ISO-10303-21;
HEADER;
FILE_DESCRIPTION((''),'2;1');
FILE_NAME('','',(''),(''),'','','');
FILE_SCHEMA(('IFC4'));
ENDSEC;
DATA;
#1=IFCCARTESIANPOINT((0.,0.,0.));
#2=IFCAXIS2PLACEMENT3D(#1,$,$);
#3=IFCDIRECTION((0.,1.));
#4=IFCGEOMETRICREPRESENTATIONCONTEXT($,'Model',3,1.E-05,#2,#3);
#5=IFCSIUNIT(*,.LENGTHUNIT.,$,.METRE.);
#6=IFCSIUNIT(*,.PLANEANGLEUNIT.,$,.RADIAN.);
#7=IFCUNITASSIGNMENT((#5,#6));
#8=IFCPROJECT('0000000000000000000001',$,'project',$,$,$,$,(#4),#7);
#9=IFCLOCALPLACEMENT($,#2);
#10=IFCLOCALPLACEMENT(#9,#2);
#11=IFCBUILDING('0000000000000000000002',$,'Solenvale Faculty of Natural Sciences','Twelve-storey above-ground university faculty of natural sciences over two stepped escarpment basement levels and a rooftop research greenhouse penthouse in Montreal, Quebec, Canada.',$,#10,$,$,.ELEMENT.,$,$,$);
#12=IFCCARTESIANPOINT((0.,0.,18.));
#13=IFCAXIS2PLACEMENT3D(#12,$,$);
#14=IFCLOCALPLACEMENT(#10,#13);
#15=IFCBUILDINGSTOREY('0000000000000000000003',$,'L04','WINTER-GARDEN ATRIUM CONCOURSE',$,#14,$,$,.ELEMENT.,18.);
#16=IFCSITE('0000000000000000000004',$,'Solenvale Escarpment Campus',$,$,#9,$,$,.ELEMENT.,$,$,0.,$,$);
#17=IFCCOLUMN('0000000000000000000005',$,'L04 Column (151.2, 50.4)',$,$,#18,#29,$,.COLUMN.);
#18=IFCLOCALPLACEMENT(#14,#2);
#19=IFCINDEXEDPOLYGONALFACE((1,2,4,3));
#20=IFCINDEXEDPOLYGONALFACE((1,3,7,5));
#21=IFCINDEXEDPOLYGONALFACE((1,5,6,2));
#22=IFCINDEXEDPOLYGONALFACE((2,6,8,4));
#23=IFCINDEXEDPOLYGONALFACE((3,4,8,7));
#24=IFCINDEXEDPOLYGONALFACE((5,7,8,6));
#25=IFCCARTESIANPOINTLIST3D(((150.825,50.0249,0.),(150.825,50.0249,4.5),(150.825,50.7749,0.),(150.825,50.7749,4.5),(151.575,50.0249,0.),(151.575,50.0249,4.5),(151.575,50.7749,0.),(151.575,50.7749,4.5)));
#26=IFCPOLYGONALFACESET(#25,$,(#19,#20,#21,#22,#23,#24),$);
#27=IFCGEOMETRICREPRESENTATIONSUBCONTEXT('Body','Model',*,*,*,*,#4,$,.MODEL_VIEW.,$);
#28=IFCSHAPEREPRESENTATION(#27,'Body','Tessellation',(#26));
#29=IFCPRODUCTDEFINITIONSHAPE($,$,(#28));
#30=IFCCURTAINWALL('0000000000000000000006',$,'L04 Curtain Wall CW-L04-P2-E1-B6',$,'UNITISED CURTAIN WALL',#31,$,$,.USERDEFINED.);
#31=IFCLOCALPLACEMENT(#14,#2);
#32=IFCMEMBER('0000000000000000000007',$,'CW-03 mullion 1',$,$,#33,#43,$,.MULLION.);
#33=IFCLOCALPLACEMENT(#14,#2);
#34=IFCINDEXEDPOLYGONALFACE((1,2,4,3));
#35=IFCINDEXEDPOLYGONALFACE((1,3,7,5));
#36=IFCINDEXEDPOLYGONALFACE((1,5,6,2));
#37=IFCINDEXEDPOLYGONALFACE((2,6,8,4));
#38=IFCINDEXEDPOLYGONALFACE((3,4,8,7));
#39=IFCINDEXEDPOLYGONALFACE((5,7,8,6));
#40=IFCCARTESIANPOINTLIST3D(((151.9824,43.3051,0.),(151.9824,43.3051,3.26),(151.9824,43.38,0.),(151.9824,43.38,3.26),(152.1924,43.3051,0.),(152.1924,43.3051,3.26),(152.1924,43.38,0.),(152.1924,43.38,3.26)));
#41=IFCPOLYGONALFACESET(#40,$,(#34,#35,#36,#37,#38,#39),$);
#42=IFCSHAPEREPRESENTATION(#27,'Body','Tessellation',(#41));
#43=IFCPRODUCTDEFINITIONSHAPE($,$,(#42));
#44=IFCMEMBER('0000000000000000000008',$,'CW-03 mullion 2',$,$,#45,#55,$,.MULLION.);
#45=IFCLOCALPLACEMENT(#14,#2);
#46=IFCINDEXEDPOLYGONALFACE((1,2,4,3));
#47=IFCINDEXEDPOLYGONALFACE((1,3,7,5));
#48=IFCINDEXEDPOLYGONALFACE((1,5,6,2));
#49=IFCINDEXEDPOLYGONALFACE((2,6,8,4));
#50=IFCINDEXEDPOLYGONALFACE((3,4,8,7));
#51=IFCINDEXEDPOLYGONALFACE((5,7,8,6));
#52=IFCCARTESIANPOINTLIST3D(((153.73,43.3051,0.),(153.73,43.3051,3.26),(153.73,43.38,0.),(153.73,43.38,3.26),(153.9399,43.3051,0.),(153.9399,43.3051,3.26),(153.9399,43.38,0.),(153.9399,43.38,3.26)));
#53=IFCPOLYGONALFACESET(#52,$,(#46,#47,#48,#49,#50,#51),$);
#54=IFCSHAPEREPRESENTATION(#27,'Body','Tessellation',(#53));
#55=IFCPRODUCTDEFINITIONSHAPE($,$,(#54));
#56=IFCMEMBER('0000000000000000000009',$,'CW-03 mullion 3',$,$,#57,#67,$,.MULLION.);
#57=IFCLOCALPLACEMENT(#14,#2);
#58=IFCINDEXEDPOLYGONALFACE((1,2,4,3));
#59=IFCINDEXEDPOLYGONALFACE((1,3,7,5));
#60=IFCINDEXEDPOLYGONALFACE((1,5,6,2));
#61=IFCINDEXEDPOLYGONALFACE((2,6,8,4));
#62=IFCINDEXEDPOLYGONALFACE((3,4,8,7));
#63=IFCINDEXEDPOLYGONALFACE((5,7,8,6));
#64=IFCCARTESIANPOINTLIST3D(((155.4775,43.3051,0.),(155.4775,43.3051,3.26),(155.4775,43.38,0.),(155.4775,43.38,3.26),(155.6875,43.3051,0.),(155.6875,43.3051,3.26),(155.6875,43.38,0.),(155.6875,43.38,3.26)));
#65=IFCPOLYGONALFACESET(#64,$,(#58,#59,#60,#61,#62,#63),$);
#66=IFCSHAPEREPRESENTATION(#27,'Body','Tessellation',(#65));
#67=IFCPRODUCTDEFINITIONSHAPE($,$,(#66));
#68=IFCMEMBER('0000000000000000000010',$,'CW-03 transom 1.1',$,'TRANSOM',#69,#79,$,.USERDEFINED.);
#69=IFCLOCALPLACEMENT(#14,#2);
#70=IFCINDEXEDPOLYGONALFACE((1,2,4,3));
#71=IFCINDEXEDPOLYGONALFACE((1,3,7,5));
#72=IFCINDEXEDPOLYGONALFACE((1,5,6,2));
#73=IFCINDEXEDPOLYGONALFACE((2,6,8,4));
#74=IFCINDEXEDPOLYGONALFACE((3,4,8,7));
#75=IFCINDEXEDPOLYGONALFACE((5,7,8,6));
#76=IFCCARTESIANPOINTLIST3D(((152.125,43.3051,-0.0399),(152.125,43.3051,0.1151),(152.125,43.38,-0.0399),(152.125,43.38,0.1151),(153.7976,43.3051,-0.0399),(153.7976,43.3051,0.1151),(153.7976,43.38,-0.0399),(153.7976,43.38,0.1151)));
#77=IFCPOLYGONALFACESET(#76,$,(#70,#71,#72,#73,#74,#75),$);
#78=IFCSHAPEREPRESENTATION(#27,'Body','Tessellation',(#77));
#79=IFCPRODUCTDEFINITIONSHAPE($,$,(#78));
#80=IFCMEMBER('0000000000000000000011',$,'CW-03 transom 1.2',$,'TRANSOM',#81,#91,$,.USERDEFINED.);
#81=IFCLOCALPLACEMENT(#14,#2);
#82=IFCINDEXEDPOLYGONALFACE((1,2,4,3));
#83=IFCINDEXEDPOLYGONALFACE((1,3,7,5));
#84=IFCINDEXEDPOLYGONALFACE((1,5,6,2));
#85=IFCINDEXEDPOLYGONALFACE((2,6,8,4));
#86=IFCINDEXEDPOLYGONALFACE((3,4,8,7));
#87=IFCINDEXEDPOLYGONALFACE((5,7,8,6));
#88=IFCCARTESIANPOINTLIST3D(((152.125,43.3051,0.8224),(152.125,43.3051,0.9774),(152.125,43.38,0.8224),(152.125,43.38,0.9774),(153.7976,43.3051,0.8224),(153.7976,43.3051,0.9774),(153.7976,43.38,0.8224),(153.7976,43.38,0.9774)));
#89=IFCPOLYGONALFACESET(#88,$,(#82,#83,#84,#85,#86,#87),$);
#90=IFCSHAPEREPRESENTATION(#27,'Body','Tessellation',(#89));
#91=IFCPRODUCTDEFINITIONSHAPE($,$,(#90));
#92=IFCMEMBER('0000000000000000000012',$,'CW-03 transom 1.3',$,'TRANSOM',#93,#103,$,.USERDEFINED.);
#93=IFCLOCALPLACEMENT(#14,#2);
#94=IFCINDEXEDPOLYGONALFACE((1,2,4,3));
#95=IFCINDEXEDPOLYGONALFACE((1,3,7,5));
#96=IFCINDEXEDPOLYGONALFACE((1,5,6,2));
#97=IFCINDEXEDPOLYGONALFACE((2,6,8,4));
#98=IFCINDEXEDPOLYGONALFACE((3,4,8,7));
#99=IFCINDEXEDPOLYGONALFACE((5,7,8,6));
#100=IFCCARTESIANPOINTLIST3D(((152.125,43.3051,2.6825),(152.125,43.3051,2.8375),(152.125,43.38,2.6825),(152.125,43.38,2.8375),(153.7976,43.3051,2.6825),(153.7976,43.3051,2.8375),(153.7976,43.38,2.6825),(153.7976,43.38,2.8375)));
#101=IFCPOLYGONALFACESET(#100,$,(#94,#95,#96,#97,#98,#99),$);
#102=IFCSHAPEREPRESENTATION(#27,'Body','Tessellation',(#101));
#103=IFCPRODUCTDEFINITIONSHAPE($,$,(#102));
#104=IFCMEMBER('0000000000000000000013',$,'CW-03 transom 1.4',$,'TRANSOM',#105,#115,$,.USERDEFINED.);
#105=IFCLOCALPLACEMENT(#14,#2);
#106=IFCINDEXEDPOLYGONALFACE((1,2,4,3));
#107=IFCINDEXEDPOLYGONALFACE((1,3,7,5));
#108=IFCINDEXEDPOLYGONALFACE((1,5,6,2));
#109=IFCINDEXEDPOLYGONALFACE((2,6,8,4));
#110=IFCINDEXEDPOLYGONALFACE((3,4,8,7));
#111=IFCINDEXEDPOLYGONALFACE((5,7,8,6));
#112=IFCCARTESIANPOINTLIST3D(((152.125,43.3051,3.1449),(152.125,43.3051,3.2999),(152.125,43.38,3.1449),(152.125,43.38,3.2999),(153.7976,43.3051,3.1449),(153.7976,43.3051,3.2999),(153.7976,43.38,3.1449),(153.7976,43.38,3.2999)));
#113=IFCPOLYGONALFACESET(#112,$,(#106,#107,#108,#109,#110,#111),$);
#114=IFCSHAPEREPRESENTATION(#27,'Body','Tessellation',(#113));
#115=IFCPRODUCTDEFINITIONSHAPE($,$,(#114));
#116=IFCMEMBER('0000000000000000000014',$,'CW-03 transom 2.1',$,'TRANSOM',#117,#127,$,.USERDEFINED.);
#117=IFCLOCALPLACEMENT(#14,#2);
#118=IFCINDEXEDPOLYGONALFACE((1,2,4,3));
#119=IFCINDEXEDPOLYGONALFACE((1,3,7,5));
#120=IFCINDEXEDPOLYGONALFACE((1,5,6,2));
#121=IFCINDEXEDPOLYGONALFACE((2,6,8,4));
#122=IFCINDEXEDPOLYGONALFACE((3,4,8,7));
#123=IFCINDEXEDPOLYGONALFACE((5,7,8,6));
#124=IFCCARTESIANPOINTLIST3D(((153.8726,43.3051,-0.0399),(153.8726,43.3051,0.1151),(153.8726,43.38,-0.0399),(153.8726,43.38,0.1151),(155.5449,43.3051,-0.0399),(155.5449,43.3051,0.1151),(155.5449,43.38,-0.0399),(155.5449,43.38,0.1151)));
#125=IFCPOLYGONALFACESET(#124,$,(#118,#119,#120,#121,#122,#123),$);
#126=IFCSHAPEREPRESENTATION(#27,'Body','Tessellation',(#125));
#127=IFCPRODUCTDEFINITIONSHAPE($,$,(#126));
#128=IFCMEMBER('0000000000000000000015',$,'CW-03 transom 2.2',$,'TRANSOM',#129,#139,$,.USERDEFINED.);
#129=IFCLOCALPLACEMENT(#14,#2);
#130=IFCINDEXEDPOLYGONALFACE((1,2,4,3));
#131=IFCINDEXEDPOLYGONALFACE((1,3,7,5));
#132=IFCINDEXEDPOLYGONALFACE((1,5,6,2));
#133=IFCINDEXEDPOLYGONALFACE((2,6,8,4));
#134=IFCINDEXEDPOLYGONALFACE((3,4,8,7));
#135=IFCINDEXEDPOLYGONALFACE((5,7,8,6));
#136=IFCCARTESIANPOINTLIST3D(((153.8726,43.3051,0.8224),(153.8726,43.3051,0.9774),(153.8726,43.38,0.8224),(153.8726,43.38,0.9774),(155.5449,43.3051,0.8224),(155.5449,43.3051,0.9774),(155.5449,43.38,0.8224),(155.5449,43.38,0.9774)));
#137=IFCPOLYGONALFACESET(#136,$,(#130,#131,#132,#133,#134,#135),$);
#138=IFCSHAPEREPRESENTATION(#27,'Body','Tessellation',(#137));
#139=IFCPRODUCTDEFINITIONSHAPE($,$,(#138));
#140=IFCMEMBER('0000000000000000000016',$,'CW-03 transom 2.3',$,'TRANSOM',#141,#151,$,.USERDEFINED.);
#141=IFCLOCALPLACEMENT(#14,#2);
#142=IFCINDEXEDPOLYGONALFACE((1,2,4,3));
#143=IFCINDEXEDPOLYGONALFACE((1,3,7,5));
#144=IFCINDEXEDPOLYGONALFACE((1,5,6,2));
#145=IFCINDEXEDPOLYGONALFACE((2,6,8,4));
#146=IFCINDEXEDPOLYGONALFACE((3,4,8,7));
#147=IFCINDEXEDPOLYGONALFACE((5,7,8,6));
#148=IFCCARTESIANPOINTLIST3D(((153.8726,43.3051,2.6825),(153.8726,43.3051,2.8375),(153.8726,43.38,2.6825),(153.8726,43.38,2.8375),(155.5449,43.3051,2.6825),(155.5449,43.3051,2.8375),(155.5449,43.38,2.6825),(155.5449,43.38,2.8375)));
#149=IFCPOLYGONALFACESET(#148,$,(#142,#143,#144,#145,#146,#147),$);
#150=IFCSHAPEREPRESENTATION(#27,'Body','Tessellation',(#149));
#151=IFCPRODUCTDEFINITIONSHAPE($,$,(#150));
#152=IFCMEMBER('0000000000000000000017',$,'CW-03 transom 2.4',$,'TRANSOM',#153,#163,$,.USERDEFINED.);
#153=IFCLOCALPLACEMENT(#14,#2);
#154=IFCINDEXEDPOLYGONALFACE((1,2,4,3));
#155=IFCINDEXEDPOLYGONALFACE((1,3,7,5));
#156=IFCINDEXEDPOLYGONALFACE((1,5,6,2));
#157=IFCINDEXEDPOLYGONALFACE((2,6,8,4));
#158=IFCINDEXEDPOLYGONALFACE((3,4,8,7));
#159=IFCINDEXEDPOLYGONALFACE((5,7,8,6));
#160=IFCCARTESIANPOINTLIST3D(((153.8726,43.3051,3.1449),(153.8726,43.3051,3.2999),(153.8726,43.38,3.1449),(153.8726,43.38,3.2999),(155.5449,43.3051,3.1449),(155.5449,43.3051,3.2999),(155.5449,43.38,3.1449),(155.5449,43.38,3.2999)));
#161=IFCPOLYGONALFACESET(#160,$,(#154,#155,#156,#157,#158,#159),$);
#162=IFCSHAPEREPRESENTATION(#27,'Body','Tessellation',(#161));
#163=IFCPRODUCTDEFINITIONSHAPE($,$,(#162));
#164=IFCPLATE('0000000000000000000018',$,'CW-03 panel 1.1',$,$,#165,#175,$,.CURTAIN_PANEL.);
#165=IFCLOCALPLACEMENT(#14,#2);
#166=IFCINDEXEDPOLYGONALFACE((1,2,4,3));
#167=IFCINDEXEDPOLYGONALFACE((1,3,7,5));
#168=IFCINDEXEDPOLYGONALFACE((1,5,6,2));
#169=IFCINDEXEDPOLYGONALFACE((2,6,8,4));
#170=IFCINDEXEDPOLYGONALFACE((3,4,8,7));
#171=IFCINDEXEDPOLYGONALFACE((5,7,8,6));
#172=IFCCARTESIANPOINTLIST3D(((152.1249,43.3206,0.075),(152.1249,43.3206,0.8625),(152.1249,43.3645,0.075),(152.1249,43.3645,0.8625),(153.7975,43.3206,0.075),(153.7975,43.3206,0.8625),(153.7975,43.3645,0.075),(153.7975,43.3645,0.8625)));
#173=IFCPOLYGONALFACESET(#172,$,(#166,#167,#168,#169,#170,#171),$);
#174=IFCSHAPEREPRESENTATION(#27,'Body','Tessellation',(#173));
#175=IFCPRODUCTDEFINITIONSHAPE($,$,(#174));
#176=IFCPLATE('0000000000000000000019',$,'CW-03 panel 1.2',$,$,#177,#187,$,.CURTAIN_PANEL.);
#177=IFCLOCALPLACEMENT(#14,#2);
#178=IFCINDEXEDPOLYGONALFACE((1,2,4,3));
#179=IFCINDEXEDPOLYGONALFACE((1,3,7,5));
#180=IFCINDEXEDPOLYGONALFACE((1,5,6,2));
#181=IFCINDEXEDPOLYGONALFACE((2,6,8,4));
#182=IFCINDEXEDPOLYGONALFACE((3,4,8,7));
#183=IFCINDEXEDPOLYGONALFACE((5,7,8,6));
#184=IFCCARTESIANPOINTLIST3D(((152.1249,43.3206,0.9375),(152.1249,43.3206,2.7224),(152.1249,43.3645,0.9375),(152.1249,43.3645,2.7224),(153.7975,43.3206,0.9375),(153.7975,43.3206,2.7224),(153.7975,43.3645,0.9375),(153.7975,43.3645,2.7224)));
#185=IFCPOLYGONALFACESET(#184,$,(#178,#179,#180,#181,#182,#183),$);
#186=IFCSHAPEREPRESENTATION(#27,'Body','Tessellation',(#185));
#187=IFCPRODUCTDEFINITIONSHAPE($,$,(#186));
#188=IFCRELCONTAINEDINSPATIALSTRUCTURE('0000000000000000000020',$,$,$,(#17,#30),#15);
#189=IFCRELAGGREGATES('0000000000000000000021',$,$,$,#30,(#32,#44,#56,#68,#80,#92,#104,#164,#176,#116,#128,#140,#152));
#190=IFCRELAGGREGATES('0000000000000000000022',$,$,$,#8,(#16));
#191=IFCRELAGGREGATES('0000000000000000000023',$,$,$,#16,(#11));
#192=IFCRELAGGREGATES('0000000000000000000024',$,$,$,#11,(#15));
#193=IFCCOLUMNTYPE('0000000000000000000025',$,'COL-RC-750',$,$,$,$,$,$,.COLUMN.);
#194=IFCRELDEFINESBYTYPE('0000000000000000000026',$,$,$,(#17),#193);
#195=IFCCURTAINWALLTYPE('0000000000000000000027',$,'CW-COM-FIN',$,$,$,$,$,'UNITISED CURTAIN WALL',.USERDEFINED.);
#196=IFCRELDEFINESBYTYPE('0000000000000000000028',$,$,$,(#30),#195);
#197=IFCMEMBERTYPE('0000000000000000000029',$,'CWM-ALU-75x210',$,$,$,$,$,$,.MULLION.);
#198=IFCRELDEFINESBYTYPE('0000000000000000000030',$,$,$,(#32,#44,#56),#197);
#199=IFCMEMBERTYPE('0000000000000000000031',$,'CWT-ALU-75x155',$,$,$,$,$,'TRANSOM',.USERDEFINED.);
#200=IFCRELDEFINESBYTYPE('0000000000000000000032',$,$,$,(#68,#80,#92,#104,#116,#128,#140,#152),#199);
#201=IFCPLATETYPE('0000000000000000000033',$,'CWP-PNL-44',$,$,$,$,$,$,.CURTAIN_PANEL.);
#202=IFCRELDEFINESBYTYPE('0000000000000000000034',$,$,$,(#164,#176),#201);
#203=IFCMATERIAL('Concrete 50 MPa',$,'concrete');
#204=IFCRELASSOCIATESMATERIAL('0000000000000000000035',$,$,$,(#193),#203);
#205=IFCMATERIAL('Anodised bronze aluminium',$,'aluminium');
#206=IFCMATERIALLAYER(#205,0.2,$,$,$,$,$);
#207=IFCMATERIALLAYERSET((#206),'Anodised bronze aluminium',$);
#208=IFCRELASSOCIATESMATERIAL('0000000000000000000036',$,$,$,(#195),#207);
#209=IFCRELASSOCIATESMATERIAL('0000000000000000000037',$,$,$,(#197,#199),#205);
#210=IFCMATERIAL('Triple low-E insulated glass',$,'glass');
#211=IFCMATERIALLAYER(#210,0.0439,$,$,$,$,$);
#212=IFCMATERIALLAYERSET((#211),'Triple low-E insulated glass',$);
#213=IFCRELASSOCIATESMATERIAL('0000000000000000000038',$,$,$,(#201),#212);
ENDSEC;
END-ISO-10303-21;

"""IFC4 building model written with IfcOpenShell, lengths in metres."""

from ifc_helpers import new_model, si_unit, direction, frame, origin, origin_2d, place, context, subcontext, project, spatial, rectangle, extrude, material, layer, layer_set, material_profile, profile_set, type_object, element, aggregate, save


model = new_model("IFC4")

# Units and contexts
model_context = context("Model", 3, precision=1e-05, world=origin(), true_north=direction((0.0, 1.0)))
body_context = subcontext(model_context, "Body", "Model", "MODEL_VIEW")
ifc_project = project(units=[si_unit("LENGTHUNIT", "METRE"), si_unit("PLANEANGLEUNIT", "RADIAN")], contexts=[model_context])

# Site, building, storey
site_placement = place(None, origin())
site = spatial("IfcSite", under=ifc_project, at=site_placement, Name="Solenvale Escarpment Campus", CompositionType="ELEMENT", RefElevation=0.0)
building_placement = place(site_placement, origin())
building = spatial("IfcBuilding", under=site, at=building_placement, Name="Solenvale Faculty of Natural Sciences", Description="Twelve-storey above-ground university faculty of natural sciences over two stepped escarpment basement levels and a rooftop research greenhouse penthouse in Montreal, Quebec, Canada.", CompositionType="ELEMENT")
storey_placement = place(building_placement, frame((0.0, 0.0, 18.0)))
storey = spatial("IfcBuildingStorey", under=building, at=storey_placement, Name="L04", Description="WINTER-GARDEN ATRIUM CONCOURSE", CompositionType="ELEMENT", Elevation=18.0)

# Column
ifc_material_1 = material(Name="Concrete 50 MPa", Category="concrete")
ifc_material_profile_1 = material_profile(ifc_material_1, rectangle(XDim=0.75, YDim=0.75, at=origin_2d()), Name="RC-COL-750x750")
ifc_profile_set_1 = profile_set([ifc_material_profile_1], Name="Concrete 50 MPa")
column_type = type_object("IfcColumnType", Name="COL-RC-750", PredefinedType="COLUMN", material=ifc_profile_set_1)
column_placement = place(storey_placement, frame((151.2, 50.3999, 0.0), z_axis=(0.0, 0.0, 1.0), x_axis=(1.0, 0.0, 0.0)))
element("IfcColumn", 1, at=column_placement, inside=storey, type_object=column_type, Name="L04 Column (151.2, 50.4)", PredefinedType="COLUMN", context=body_context, shape_type="SweptSolid", body=[
    extrude(rectangle(XDim=0.75, YDim=0.75, at=origin_2d()), origin(), (0.0, 0.0, 1.0), 4.5),
])

# Curtain wall, members, plates
ifc_material_2 = material(Name="Anodised bronze aluminium", Category="aluminium")
ifc_layer_1 = layer(ifc_material_2, 0.2)
ifc_layer_set_1 = layer_set([ifc_layer_1], Name="Anodised bronze aluminium")
curtain_wall_type = type_object("IfcCurtainWallType", Name="CW-COM-FIN", ElementType="UNITISED CURTAIN WALL", PredefinedType="USERDEFINED", material=ifc_layer_set_1)
curtain_wall_placement = place(storey_placement, origin())
curtain_wall = element("IfcCurtainWall", 2, at=curtain_wall_placement, inside=storey, type_object=curtain_wall_type, Name="L04 Curtain Wall CW-L04-P2-E1-B6", ObjectType="UNITISED CURTAIN WALL", PredefinedType="USERDEFINED")
ifc_material_profile_2 = material_profile(ifc_material_2, rectangle(XDim=0.075, YDim=0.21, at=origin_2d()), Name="ALU-MUL-75x210")
ifc_profile_set_2 = profile_set([ifc_material_profile_2], Name="Anodised bronze aluminium")
member_type_1 = type_object("IfcMemberType", Name="CWM-ALU-75x210", PredefinedType="MULLION", material=ifc_profile_set_2)
member_1_placement = place(storey_placement, frame((152.0874, 43.3425, 0.0), z_axis=(0.0, 0.0, 1.0), x_axis=(0.0, 1.0, 0.0)))
member_1 = element("IfcMember", 3, at=member_1_placement, type_object=member_type_1, Name="CW-03 mullion 1", PredefinedType="MULLION", context=body_context, shape_type="SweptSolid", body=[
    extrude(rectangle(XDim=0.075, YDim=0.21, at=origin_2d()), origin(), (0.0, 0.0, 1.0), 3.26),
])
member_2_placement = place(storey_placement, frame((153.835, 43.3425, 0.0), z_axis=(0.0, 0.0, 1.0), x_axis=(0.0, 1.0, 0.0)))
member_2 = element("IfcMember", 4, at=member_2_placement, type_object=member_type_1, Name="CW-03 mullion 2", PredefinedType="MULLION", context=body_context, shape_type="SweptSolid", body=[
    extrude(rectangle(XDim=0.075, YDim=0.21, at=origin_2d()), origin(), (0.0, 0.0, 1.0), 3.26),
])
member_3_placement = place(storey_placement, frame((155.5825, 43.3425, 0.0), z_axis=(0.0, 0.0, 1.0), x_axis=(0.0, 1.0, 0.0)))
member_3 = element("IfcMember", 5, at=member_3_placement, type_object=member_type_1, Name="CW-03 mullion 3", PredefinedType="MULLION", context=body_context, shape_type="SweptSolid", body=[
    extrude(rectangle(XDim=0.075, YDim=0.21, at=origin_2d()), origin(), (0.0, 0.0, 1.0), 3.26),
])
ifc_material_profile_3 = material_profile(ifc_material_2, rectangle(XDim=0.075, YDim=0.155, at=origin_2d()), Name="ALU-TRN-75x155")
ifc_profile_set_3 = profile_set([ifc_material_profile_3], Name="Anodised bronze aluminium")
member_type_2 = type_object("IfcMemberType", Name="CWT-ALU-75x155", ElementType="TRANSOM", PredefinedType="USERDEFINED", material=ifc_profile_set_3)
member_4_placement = place(storey_placement, frame((152.125, 43.3425, 0.0376), z_axis=(1.0, 0.0, 0.0), x_axis=(0.0, 1.0, 0.0)))
member_4 = element("IfcMember", 6, at=member_4_placement, type_object=member_type_2, Name="CW-03 transom 1.1", ObjectType="TRANSOM", PredefinedType="USERDEFINED", context=body_context, shape_type="SweptSolid", body=[
    extrude(rectangle(XDim=0.075, YDim=0.155, at=origin_2d()), origin(), (0.0, 0.0, 1.0), 1.6726),
])
member_5_placement = place(storey_placement, frame((152.125, 43.3425, 0.8999), z_axis=(1.0, 0.0, 0.0), x_axis=(0.0, 1.0, 0.0)))
member_5 = element("IfcMember", 7, at=member_5_placement, type_object=member_type_2, Name="CW-03 transom 1.2", ObjectType="TRANSOM", PredefinedType="USERDEFINED", context=body_context, shape_type="SweptSolid", body=[
    extrude(rectangle(XDim=0.075, YDim=0.155, at=origin_2d()), origin(), (0.0, 0.0, 1.0), 1.6726),
])
member_6_placement = place(storey_placement, frame((152.125, 43.3425, 2.76), z_axis=(1.0, 0.0, 0.0), x_axis=(0.0, 1.0, 0.0)))
member_6 = element("IfcMember", 8, at=member_6_placement, type_object=member_type_2, Name="CW-03 transom 1.3", ObjectType="TRANSOM", PredefinedType="USERDEFINED", context=body_context, shape_type="SweptSolid", body=[
    extrude(rectangle(XDim=0.075, YDim=0.155, at=origin_2d()), origin(), (0.0, 0.0, 1.0), 1.6726),
])
member_7_placement = place(storey_placement, frame((152.125, 43.3425, 3.2224), z_axis=(1.0, 0.0, 0.0), x_axis=(0.0, 1.0, 0.0)))
member_7 = element("IfcMember", 9, at=member_7_placement, type_object=member_type_2, Name="CW-03 transom 1.4", ObjectType="TRANSOM", PredefinedType="USERDEFINED", context=body_context, shape_type="SweptSolid", body=[
    extrude(rectangle(XDim=0.075, YDim=0.155, at=origin_2d()), origin(), (0.0, 0.0, 1.0), 1.6726),
])
member_8_placement = place(storey_placement, frame((153.8726, 43.3425, 0.0376), z_axis=(1.0, 0.0, 0.0), x_axis=(0.0, 1.0, 0.0)))
member_8 = element("IfcMember", 10, at=member_8_placement, type_object=member_type_2, Name="CW-03 transom 2.1", ObjectType="TRANSOM", PredefinedType="USERDEFINED", context=body_context, shape_type="SweptSolid", body=[
    extrude(rectangle(XDim=0.075, YDim=0.155, at=origin_2d()), origin(), (0.0, 0.0, 1.0), 1.6724),
])
member_9_placement = place(storey_placement, frame((153.8726, 43.3425, 0.8999), z_axis=(1.0, 0.0, 0.0), x_axis=(0.0, 1.0, 0.0)))
member_9 = element("IfcMember", 11, at=member_9_placement, type_object=member_type_2, Name="CW-03 transom 2.2", ObjectType="TRANSOM", PredefinedType="USERDEFINED", context=body_context, shape_type="SweptSolid", body=[
    extrude(rectangle(XDim=0.075, YDim=0.155, at=origin_2d()), origin(), (0.0, 0.0, 1.0), 1.6724),
])
member_10_placement = place(storey_placement, frame((153.8726, 43.3425, 2.76), z_axis=(1.0, 0.0, 0.0), x_axis=(0.0, 1.0, 0.0)))
member_10 = element("IfcMember", 12, at=member_10_placement, type_object=member_type_2, Name="CW-03 transom 2.3", ObjectType="TRANSOM", PredefinedType="USERDEFINED", context=body_context, shape_type="SweptSolid", body=[
    extrude(rectangle(XDim=0.075, YDim=0.155, at=origin_2d()), origin(), (0.0, 0.0, 1.0), 1.6724),
])
member_11_placement = place(storey_placement, frame((153.8726, 43.3425, 3.2224), z_axis=(1.0, 0.0, 0.0), x_axis=(0.0, 1.0, 0.0)))
member_11 = element("IfcMember", 13, at=member_11_placement, type_object=member_type_2, Name="CW-03 transom 2.4", ObjectType="TRANSOM", PredefinedType="USERDEFINED", context=body_context, shape_type="SweptSolid", body=[
    extrude(rectangle(XDim=0.075, YDim=0.155, at=origin_2d()), origin(), (0.0, 0.0, 1.0), 1.6724),
])
ifc_material_3 = material(Name="Triple low-E insulated glass", Category="glass")
ifc_layer_2 = layer(ifc_material_3, 0.0439)
ifc_layer_set_2 = layer_set([ifc_layer_2], Name="Triple low-E insulated glass")
plate_type = type_object("IfcPlateType", Name="CWP-PNL-44", PredefinedType="CURTAIN_PANEL", material=ifc_layer_set_2)
plate_1_placement = place(storey_placement, frame((152.9612, 43.3425, 0.075), z_axis=(0.0, 0.0, 1.0), x_axis=(1.0, 0.0, 0.0)))
plate_1 = element("IfcPlate", 14, at=plate_1_placement, type_object=plate_type, Name="CW-03 panel 1.1", PredefinedType="CURTAIN_PANEL", context=body_context, shape_type="SweptSolid", body=[
    extrude(rectangle(XDim=1.6726, YDim=0.0439, at=origin_2d()), origin(), (0.0, 0.0, 1.0), 0.7876),
])
plate_2_placement = place(storey_placement, frame((152.9612, 43.3425, 0.9375), z_axis=(0.0, 0.0, 1.0), x_axis=(1.0, 0.0, 0.0)))
plate_2 = element("IfcPlate", 15, at=plate_2_placement, type_object=plate_type, Name="CW-03 panel 1.2", PredefinedType="CURTAIN_PANEL", context=body_context, shape_type="SweptSolid", body=[
    extrude(rectangle(XDim=1.6726, YDim=0.0439, at=origin_2d()), origin(), (0.0, 0.0, 1.0), 1.7849),
])
aggregate(curtain_wall, [member_1, member_2, member_3, member_4, member_5, member_6, member_7, plate_1, plate_2, member_8, member_9, member_10, member_11])

save(model, "model.ifc")
